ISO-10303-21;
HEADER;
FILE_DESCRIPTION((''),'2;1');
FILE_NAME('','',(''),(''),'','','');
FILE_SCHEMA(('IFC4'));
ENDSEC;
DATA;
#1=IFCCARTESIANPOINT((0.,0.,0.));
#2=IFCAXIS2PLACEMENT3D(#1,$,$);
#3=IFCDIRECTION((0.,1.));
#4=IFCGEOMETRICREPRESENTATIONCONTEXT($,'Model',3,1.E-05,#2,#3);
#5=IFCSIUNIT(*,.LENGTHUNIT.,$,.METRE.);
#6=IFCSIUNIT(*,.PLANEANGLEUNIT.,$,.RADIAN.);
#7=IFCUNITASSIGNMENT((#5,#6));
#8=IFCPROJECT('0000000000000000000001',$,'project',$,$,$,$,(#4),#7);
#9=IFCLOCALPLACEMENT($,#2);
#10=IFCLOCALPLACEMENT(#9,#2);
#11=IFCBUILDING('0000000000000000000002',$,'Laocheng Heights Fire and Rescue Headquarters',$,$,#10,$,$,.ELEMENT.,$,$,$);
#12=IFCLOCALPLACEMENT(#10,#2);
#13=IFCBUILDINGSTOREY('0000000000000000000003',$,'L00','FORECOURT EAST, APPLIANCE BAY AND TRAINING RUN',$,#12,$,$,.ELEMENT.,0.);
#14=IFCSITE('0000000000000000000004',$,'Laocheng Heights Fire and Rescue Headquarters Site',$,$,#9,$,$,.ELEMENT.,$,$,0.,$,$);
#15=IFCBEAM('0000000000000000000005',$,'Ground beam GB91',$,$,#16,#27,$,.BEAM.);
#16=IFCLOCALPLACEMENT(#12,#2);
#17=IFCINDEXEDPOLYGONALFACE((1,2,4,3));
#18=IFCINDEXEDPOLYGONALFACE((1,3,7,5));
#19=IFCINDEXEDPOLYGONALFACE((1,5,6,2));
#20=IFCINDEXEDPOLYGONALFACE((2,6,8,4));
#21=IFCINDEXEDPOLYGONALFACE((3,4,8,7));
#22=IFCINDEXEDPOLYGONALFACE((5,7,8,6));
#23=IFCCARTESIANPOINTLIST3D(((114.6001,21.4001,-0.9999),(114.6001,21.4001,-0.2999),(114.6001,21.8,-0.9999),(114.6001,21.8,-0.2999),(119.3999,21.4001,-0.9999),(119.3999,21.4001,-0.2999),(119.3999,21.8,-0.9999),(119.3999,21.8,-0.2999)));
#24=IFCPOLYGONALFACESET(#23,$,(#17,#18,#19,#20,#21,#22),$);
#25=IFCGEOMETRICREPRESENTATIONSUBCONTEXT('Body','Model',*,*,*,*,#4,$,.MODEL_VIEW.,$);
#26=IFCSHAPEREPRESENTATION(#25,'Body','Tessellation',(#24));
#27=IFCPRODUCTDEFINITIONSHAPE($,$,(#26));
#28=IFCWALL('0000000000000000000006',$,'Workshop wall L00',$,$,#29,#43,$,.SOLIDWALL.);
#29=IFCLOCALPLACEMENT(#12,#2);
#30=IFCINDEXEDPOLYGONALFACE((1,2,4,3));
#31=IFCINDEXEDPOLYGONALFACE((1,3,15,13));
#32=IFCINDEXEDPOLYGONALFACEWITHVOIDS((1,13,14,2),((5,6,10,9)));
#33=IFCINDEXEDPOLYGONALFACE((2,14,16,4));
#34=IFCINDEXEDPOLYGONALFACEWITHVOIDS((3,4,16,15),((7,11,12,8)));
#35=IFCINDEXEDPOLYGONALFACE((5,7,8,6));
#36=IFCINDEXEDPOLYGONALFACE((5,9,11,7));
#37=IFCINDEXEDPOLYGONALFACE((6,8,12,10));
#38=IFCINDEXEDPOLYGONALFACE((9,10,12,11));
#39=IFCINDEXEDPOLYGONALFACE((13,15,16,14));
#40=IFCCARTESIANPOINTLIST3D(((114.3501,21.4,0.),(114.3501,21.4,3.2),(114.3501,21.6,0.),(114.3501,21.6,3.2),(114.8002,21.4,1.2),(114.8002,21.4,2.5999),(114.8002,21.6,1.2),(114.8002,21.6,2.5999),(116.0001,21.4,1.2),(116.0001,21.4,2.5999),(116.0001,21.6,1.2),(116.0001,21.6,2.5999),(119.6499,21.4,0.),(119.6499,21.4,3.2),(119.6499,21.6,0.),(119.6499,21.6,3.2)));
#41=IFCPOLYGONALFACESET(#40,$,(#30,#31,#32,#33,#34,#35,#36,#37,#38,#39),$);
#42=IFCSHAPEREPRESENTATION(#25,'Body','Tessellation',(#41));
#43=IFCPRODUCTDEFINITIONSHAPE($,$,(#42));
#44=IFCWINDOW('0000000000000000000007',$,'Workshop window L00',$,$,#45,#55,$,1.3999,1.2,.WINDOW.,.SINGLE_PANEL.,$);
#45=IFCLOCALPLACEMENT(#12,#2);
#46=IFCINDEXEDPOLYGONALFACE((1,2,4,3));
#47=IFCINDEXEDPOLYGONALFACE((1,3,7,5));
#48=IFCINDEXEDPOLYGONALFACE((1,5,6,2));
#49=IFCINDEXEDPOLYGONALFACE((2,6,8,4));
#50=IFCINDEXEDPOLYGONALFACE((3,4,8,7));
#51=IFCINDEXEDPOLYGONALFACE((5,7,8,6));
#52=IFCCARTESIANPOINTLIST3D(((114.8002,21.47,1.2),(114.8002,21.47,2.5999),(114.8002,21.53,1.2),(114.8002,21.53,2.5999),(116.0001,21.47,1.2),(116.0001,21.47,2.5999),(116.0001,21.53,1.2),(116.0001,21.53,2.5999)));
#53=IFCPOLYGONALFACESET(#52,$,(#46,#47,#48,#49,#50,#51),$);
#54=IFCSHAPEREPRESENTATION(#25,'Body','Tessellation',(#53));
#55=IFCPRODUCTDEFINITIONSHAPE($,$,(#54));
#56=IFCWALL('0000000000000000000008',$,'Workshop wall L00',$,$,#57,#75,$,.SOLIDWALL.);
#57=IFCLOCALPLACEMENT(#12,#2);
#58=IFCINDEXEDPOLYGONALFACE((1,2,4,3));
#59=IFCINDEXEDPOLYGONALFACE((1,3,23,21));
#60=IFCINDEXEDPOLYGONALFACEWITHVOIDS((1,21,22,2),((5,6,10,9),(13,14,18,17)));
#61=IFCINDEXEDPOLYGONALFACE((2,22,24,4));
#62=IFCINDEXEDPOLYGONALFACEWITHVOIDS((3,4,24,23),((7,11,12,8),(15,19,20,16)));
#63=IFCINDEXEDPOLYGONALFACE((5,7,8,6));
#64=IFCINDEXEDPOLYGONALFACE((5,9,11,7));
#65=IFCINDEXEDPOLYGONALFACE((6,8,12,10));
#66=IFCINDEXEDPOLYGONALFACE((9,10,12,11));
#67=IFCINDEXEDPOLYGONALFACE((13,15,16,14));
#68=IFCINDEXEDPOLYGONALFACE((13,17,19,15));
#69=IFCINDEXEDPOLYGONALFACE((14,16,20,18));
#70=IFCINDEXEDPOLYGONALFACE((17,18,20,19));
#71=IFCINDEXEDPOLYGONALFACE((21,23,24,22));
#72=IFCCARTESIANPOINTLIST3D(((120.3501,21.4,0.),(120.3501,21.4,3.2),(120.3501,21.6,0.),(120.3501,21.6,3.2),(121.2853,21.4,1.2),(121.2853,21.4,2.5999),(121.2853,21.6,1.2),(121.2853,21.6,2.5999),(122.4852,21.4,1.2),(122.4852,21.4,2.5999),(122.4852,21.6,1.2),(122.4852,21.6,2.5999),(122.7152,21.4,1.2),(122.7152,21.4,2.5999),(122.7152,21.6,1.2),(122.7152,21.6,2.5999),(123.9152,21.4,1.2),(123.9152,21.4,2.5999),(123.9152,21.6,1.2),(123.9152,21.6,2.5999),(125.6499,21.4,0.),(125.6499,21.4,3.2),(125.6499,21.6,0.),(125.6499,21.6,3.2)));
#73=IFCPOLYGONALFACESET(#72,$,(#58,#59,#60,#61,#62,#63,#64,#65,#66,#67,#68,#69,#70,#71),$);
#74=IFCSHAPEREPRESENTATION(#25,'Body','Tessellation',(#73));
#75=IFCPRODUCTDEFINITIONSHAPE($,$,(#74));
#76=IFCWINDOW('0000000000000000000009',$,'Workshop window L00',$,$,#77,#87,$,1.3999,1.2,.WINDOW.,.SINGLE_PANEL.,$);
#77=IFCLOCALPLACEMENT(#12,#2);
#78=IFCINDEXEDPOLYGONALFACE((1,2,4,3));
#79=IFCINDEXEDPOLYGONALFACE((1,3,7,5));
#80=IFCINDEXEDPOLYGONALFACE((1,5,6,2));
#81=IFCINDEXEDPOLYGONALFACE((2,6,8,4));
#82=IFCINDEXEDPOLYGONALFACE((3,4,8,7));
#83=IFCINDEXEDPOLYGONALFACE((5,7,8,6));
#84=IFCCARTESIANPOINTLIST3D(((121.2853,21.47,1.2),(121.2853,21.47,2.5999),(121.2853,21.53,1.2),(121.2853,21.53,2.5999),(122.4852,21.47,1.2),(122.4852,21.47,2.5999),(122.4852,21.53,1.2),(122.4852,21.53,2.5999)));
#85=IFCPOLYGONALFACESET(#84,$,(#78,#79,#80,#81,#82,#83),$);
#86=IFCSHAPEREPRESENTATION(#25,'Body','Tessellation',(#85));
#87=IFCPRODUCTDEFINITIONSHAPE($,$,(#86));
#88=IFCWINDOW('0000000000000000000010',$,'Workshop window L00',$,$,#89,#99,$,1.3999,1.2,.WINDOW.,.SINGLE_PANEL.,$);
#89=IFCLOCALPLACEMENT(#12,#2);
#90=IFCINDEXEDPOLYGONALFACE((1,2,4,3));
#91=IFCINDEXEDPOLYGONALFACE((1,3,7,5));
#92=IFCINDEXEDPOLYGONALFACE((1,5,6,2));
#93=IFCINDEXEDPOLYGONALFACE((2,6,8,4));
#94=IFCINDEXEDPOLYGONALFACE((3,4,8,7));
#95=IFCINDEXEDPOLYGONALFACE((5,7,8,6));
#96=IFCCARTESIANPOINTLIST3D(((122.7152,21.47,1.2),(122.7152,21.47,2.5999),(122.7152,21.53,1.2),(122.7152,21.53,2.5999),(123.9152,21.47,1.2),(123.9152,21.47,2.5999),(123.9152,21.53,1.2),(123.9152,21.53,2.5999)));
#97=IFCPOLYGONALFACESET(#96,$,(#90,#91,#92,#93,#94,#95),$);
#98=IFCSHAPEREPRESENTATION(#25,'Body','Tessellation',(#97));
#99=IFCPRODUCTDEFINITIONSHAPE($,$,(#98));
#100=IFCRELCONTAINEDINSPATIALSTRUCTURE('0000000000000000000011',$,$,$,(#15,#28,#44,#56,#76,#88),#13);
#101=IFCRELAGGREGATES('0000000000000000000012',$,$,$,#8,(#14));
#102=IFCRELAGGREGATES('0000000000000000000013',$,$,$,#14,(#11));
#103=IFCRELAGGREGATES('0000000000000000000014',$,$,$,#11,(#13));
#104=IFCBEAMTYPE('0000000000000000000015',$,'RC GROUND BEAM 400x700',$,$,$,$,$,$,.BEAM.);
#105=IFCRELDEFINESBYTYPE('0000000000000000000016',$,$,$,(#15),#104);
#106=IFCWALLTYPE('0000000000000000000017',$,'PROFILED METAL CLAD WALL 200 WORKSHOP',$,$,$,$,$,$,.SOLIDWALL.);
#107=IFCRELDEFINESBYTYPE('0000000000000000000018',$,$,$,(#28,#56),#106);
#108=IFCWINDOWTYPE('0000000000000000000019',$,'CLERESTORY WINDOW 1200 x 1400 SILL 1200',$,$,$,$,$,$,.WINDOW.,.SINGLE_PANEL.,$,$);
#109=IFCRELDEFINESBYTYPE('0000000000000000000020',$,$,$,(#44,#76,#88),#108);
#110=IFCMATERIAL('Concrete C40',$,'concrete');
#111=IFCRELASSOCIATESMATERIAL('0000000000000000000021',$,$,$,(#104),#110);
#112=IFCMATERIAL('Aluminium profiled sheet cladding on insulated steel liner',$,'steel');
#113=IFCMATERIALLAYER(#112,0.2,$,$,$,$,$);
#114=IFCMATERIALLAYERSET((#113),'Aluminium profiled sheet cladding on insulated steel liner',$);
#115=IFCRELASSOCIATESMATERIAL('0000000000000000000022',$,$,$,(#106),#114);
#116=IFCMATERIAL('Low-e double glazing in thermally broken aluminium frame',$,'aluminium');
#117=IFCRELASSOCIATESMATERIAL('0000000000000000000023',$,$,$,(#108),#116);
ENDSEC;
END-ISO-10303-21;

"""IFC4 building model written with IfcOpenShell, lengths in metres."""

from ifc_helpers import new_model, si_unit, direction, frame, frame_2d, origin, origin_2d, place, context, subcontext, project, spatial, rectangle, extrude, material, layer, layer_set, material_profile, profile_set, type_object, element, fill, save


model = new_model("IFC4")

# Units and contexts
model_context = context("Model", 3, precision=1e-05, world=origin(), true_north=direction((0.0, 1.0)))
body_context = subcontext(model_context, "Body", "Model", "MODEL_VIEW")
ifc_project = project(units=[si_unit("LENGTHUNIT", "METRE"), si_unit("PLANEANGLEUNIT", "RADIAN")], contexts=[model_context])

# Site, building, storey
site_placement = place(None, origin())
site = spatial("IfcSite", under=ifc_project, at=site_placement, Name="Laocheng Heights Fire and Rescue Headquarters Site", CompositionType="ELEMENT", RefElevation=0.0)
building_placement = place(site_placement, origin())
building = spatial("IfcBuilding", under=site, at=building_placement, Name="Laocheng Heights Fire and Rescue Headquarters", CompositionType="ELEMENT")
storey_placement = place(building_placement, origin())
storey = spatial("IfcBuildingStorey", under=building, at=storey_placement, Name="L00", Description="FORECOURT EAST, APPLIANCE BAY AND TRAINING RUN", CompositionType="ELEMENT", Elevation=0.0)

# Beam
ifc_material_1 = material(Name="Concrete C40", Category="concrete")
ifc_material_profile_1 = material_profile(ifc_material_1, rectangle(XDim=0.3999, YDim=0.7, at=origin_2d()), Name="RC GROUND BEAM 400x700")
ifc_profile_set_1 = profile_set([ifc_material_profile_1], Name="Concrete C40")
beam_type_1 = type_object("IfcBeamType", Name="RC GROUND BEAM 400x700", PredefinedType="BEAM", material=ifc_profile_set_1)
for number, where, z_axis, x_axis, name in (
    (1, (114.6001, 21.6001, -0.6499), (1.0, 0.0, 0.0), (0.0, 1.0, 0.0), "Ground beam GB91"),
):
    element("IfcBeam", number, at=place(storey_placement, frame(where, z_axis=z_axis, x_axis=x_axis)), inside=storey, type_object=beam_type_1, Name=name, PredefinedType="BEAM", context=body_context, shape_type="SweptSolid", body=[
        extrude(rectangle(XDim=0.3999, YDim=0.7, at=origin_2d()), origin(), (0.0, 0.0, 1.0), 4.7998),
    ])

# Wall, opening, window
ifc_material_2 = material(Name="Aluminium profiled sheet cladding on insulated steel liner", Category="steel")
ifc_layer = layer(ifc_material_2, 0.2)
ifc_layer_set = layer_set([ifc_layer], Name="Aluminium profiled sheet cladding on insulated steel liner")
wall_type = type_object("IfcWallType", Name="PROFILED METAL CLAD WALL 200 WORKSHOP", PredefinedType="SOLIDWALL", material=ifc_layer_set)
wall_1_placement = place(storey_placement, frame((114.3501, 21.5, 0.0), z_axis=(0.0, 0.0, 1.0), x_axis=(1.0, 0.0, 0.0)))
wall_1 = element("IfcWall", 2, at=wall_1_placement, inside=storey, type_object=wall_type, Name="Workshop wall L00", PredefinedType="SOLIDWALL", context=body_context, shape_type="SweptSolid", body=[
    extrude(rectangle(XDim=5.2998, YDim=0.2, at=frame_2d((2.6499, 0.0))), origin(), (0.0, 0.0, 1.0), 3.2),
])
opening_1_placement = place(wall_1_placement, frame((0.45, 0.0, 1.2)))
opening_1 = element("IfcOpeningElement", 3, at=opening_1_placement, cuts=wall_1, PredefinedType="OPENING", context=body_context, shape_type="SweptSolid", body=[
    extrude(rectangle(XDim=1.2, YDim=1.3999, at=frame_2d((0.6001, 0.7))), frame((0.0, 0.1099, 0.0), z_axis=(0.0, -1.0, 0.0), x_axis=(1.0, 0.0, 0.0)), (0.0, 0.0, 1.0), 0.22),
])
ifc_material_3 = material(Name="Low-e double glazing in thermally broken aluminium frame", Category="aluminium")
window_type = type_object("IfcWindowType", Name="CLERESTORY WINDOW 1200 x 1400 SILL 1200", PartitioningType="SINGLE_PANEL", PredefinedType="WINDOW", material=ifc_material_3)
window_1_placement = place(opening_1_placement, origin())
window_1 = element("IfcWindow", 4, at=window_1_placement, inside=storey, type_object=window_type, Name="Workshop window L00", OverallHeight=1.3999, OverallWidth=1.2, PartitioningType="SINGLE_PANEL", PredefinedType="WINDOW", context=body_context, shape_type="SweptSolid", body=[
    extrude(rectangle(XDim=1.2, YDim=1.3999, at=frame_2d((0.6001, 0.7))), frame((0.0, 0.03, 0.0), z_axis=(0.0, -1.0, 0.0), x_axis=(1.0, 0.0, 0.0)), (0.0, 0.0, 1.0), 0.0601),
])
fill(opening_1, window_1)

# Wall, openings, windows
wall_2_placement = place(storey_placement, frame((120.3501, 21.5, 0.0), z_axis=(0.0, 0.0, 1.0), x_axis=(1.0, 0.0, 0.0)))
wall_2 = element("IfcWall", 5, at=wall_2_placement, inside=storey, type_object=wall_type, Name="Workshop wall L00", PredefinedType="SOLIDWALL", context=body_context, shape_type="SweptSolid", body=[
    extrude(rectangle(XDim=5.2998, YDim=0.2, at=frame_2d((2.6499, 0.0))), origin(), (0.0, 0.0, 1.0), 3.2),
])
opening_2_placement = place(wall_2_placement, frame((0.9351, 0.0, 1.2)))
opening_2 = element("IfcOpeningElement", 6, at=opening_2_placement, cuts=wall_2, PredefinedType="OPENING", context=body_context, shape_type="SweptSolid", body=[
    extrude(rectangle(XDim=1.2, YDim=1.3999, at=frame_2d((0.6001, 0.7))), frame((0.0, 0.1099, 0.0), z_axis=(0.0, -1.0, 0.0), x_axis=(1.0, 0.0, 0.0)), (0.0, 0.0, 1.0), 0.22),
])
opening_3_placement = place(wall_2_placement, frame((2.365, 0.0, 1.2)))
opening_3 = element("IfcOpeningElement", 7, at=opening_3_placement, cuts=wall_2, PredefinedType="OPENING", context=body_context, shape_type="SweptSolid", body=[
    extrude(rectangle(XDim=1.2, YDim=1.3999, at=frame_2d((0.6001, 0.7))), frame((0.0, 0.1099, 0.0), z_axis=(0.0, -1.0, 0.0), x_axis=(1.0, 0.0, 0.0)), (0.0, 0.0, 1.0), 0.22),
])
window_2_placement = place(opening_2_placement, origin())
window_2 = element("IfcWindow", 8, at=window_2_placement, inside=storey, type_object=window_type, Name="Workshop window L00", OverallHeight=1.3999, OverallWidth=1.2, PartitioningType="SINGLE_PANEL", PredefinedType="WINDOW", context=body_context, shape_type="SweptSolid", body=[
    extrude(rectangle(XDim=1.2, YDim=1.3999, at=frame_2d((0.6001, 0.7))), frame((0.0, 0.03, 0.0), z_axis=(0.0, -1.0, 0.0), x_axis=(1.0, 0.0, 0.0)), (0.0, 0.0, 1.0), 0.0601),
])
fill(opening_2, window_2)
window_3_placement = place(opening_3_placement, origin())
window_3 = element("IfcWindow", 9, at=window_3_placement, inside=storey, type_object=window_type, Name="Workshop window L00", OverallHeight=1.3999, OverallWidth=1.2, PartitioningType="SINGLE_PANEL", PredefinedType="WINDOW", context=body_context, shape_type="SweptSolid", body=[
    extrude(rectangle(XDim=1.2, YDim=1.3999, at=frame_2d((0.6001, 0.7))), frame((0.0, 0.03, 0.0), z_axis=(0.0, -1.0, 0.0), x_axis=(1.0, 0.0, 0.0)), (0.0, 0.0, 1.0), 0.0601),
])
fill(opening_3, window_3)

save(model, "model.ifc")
